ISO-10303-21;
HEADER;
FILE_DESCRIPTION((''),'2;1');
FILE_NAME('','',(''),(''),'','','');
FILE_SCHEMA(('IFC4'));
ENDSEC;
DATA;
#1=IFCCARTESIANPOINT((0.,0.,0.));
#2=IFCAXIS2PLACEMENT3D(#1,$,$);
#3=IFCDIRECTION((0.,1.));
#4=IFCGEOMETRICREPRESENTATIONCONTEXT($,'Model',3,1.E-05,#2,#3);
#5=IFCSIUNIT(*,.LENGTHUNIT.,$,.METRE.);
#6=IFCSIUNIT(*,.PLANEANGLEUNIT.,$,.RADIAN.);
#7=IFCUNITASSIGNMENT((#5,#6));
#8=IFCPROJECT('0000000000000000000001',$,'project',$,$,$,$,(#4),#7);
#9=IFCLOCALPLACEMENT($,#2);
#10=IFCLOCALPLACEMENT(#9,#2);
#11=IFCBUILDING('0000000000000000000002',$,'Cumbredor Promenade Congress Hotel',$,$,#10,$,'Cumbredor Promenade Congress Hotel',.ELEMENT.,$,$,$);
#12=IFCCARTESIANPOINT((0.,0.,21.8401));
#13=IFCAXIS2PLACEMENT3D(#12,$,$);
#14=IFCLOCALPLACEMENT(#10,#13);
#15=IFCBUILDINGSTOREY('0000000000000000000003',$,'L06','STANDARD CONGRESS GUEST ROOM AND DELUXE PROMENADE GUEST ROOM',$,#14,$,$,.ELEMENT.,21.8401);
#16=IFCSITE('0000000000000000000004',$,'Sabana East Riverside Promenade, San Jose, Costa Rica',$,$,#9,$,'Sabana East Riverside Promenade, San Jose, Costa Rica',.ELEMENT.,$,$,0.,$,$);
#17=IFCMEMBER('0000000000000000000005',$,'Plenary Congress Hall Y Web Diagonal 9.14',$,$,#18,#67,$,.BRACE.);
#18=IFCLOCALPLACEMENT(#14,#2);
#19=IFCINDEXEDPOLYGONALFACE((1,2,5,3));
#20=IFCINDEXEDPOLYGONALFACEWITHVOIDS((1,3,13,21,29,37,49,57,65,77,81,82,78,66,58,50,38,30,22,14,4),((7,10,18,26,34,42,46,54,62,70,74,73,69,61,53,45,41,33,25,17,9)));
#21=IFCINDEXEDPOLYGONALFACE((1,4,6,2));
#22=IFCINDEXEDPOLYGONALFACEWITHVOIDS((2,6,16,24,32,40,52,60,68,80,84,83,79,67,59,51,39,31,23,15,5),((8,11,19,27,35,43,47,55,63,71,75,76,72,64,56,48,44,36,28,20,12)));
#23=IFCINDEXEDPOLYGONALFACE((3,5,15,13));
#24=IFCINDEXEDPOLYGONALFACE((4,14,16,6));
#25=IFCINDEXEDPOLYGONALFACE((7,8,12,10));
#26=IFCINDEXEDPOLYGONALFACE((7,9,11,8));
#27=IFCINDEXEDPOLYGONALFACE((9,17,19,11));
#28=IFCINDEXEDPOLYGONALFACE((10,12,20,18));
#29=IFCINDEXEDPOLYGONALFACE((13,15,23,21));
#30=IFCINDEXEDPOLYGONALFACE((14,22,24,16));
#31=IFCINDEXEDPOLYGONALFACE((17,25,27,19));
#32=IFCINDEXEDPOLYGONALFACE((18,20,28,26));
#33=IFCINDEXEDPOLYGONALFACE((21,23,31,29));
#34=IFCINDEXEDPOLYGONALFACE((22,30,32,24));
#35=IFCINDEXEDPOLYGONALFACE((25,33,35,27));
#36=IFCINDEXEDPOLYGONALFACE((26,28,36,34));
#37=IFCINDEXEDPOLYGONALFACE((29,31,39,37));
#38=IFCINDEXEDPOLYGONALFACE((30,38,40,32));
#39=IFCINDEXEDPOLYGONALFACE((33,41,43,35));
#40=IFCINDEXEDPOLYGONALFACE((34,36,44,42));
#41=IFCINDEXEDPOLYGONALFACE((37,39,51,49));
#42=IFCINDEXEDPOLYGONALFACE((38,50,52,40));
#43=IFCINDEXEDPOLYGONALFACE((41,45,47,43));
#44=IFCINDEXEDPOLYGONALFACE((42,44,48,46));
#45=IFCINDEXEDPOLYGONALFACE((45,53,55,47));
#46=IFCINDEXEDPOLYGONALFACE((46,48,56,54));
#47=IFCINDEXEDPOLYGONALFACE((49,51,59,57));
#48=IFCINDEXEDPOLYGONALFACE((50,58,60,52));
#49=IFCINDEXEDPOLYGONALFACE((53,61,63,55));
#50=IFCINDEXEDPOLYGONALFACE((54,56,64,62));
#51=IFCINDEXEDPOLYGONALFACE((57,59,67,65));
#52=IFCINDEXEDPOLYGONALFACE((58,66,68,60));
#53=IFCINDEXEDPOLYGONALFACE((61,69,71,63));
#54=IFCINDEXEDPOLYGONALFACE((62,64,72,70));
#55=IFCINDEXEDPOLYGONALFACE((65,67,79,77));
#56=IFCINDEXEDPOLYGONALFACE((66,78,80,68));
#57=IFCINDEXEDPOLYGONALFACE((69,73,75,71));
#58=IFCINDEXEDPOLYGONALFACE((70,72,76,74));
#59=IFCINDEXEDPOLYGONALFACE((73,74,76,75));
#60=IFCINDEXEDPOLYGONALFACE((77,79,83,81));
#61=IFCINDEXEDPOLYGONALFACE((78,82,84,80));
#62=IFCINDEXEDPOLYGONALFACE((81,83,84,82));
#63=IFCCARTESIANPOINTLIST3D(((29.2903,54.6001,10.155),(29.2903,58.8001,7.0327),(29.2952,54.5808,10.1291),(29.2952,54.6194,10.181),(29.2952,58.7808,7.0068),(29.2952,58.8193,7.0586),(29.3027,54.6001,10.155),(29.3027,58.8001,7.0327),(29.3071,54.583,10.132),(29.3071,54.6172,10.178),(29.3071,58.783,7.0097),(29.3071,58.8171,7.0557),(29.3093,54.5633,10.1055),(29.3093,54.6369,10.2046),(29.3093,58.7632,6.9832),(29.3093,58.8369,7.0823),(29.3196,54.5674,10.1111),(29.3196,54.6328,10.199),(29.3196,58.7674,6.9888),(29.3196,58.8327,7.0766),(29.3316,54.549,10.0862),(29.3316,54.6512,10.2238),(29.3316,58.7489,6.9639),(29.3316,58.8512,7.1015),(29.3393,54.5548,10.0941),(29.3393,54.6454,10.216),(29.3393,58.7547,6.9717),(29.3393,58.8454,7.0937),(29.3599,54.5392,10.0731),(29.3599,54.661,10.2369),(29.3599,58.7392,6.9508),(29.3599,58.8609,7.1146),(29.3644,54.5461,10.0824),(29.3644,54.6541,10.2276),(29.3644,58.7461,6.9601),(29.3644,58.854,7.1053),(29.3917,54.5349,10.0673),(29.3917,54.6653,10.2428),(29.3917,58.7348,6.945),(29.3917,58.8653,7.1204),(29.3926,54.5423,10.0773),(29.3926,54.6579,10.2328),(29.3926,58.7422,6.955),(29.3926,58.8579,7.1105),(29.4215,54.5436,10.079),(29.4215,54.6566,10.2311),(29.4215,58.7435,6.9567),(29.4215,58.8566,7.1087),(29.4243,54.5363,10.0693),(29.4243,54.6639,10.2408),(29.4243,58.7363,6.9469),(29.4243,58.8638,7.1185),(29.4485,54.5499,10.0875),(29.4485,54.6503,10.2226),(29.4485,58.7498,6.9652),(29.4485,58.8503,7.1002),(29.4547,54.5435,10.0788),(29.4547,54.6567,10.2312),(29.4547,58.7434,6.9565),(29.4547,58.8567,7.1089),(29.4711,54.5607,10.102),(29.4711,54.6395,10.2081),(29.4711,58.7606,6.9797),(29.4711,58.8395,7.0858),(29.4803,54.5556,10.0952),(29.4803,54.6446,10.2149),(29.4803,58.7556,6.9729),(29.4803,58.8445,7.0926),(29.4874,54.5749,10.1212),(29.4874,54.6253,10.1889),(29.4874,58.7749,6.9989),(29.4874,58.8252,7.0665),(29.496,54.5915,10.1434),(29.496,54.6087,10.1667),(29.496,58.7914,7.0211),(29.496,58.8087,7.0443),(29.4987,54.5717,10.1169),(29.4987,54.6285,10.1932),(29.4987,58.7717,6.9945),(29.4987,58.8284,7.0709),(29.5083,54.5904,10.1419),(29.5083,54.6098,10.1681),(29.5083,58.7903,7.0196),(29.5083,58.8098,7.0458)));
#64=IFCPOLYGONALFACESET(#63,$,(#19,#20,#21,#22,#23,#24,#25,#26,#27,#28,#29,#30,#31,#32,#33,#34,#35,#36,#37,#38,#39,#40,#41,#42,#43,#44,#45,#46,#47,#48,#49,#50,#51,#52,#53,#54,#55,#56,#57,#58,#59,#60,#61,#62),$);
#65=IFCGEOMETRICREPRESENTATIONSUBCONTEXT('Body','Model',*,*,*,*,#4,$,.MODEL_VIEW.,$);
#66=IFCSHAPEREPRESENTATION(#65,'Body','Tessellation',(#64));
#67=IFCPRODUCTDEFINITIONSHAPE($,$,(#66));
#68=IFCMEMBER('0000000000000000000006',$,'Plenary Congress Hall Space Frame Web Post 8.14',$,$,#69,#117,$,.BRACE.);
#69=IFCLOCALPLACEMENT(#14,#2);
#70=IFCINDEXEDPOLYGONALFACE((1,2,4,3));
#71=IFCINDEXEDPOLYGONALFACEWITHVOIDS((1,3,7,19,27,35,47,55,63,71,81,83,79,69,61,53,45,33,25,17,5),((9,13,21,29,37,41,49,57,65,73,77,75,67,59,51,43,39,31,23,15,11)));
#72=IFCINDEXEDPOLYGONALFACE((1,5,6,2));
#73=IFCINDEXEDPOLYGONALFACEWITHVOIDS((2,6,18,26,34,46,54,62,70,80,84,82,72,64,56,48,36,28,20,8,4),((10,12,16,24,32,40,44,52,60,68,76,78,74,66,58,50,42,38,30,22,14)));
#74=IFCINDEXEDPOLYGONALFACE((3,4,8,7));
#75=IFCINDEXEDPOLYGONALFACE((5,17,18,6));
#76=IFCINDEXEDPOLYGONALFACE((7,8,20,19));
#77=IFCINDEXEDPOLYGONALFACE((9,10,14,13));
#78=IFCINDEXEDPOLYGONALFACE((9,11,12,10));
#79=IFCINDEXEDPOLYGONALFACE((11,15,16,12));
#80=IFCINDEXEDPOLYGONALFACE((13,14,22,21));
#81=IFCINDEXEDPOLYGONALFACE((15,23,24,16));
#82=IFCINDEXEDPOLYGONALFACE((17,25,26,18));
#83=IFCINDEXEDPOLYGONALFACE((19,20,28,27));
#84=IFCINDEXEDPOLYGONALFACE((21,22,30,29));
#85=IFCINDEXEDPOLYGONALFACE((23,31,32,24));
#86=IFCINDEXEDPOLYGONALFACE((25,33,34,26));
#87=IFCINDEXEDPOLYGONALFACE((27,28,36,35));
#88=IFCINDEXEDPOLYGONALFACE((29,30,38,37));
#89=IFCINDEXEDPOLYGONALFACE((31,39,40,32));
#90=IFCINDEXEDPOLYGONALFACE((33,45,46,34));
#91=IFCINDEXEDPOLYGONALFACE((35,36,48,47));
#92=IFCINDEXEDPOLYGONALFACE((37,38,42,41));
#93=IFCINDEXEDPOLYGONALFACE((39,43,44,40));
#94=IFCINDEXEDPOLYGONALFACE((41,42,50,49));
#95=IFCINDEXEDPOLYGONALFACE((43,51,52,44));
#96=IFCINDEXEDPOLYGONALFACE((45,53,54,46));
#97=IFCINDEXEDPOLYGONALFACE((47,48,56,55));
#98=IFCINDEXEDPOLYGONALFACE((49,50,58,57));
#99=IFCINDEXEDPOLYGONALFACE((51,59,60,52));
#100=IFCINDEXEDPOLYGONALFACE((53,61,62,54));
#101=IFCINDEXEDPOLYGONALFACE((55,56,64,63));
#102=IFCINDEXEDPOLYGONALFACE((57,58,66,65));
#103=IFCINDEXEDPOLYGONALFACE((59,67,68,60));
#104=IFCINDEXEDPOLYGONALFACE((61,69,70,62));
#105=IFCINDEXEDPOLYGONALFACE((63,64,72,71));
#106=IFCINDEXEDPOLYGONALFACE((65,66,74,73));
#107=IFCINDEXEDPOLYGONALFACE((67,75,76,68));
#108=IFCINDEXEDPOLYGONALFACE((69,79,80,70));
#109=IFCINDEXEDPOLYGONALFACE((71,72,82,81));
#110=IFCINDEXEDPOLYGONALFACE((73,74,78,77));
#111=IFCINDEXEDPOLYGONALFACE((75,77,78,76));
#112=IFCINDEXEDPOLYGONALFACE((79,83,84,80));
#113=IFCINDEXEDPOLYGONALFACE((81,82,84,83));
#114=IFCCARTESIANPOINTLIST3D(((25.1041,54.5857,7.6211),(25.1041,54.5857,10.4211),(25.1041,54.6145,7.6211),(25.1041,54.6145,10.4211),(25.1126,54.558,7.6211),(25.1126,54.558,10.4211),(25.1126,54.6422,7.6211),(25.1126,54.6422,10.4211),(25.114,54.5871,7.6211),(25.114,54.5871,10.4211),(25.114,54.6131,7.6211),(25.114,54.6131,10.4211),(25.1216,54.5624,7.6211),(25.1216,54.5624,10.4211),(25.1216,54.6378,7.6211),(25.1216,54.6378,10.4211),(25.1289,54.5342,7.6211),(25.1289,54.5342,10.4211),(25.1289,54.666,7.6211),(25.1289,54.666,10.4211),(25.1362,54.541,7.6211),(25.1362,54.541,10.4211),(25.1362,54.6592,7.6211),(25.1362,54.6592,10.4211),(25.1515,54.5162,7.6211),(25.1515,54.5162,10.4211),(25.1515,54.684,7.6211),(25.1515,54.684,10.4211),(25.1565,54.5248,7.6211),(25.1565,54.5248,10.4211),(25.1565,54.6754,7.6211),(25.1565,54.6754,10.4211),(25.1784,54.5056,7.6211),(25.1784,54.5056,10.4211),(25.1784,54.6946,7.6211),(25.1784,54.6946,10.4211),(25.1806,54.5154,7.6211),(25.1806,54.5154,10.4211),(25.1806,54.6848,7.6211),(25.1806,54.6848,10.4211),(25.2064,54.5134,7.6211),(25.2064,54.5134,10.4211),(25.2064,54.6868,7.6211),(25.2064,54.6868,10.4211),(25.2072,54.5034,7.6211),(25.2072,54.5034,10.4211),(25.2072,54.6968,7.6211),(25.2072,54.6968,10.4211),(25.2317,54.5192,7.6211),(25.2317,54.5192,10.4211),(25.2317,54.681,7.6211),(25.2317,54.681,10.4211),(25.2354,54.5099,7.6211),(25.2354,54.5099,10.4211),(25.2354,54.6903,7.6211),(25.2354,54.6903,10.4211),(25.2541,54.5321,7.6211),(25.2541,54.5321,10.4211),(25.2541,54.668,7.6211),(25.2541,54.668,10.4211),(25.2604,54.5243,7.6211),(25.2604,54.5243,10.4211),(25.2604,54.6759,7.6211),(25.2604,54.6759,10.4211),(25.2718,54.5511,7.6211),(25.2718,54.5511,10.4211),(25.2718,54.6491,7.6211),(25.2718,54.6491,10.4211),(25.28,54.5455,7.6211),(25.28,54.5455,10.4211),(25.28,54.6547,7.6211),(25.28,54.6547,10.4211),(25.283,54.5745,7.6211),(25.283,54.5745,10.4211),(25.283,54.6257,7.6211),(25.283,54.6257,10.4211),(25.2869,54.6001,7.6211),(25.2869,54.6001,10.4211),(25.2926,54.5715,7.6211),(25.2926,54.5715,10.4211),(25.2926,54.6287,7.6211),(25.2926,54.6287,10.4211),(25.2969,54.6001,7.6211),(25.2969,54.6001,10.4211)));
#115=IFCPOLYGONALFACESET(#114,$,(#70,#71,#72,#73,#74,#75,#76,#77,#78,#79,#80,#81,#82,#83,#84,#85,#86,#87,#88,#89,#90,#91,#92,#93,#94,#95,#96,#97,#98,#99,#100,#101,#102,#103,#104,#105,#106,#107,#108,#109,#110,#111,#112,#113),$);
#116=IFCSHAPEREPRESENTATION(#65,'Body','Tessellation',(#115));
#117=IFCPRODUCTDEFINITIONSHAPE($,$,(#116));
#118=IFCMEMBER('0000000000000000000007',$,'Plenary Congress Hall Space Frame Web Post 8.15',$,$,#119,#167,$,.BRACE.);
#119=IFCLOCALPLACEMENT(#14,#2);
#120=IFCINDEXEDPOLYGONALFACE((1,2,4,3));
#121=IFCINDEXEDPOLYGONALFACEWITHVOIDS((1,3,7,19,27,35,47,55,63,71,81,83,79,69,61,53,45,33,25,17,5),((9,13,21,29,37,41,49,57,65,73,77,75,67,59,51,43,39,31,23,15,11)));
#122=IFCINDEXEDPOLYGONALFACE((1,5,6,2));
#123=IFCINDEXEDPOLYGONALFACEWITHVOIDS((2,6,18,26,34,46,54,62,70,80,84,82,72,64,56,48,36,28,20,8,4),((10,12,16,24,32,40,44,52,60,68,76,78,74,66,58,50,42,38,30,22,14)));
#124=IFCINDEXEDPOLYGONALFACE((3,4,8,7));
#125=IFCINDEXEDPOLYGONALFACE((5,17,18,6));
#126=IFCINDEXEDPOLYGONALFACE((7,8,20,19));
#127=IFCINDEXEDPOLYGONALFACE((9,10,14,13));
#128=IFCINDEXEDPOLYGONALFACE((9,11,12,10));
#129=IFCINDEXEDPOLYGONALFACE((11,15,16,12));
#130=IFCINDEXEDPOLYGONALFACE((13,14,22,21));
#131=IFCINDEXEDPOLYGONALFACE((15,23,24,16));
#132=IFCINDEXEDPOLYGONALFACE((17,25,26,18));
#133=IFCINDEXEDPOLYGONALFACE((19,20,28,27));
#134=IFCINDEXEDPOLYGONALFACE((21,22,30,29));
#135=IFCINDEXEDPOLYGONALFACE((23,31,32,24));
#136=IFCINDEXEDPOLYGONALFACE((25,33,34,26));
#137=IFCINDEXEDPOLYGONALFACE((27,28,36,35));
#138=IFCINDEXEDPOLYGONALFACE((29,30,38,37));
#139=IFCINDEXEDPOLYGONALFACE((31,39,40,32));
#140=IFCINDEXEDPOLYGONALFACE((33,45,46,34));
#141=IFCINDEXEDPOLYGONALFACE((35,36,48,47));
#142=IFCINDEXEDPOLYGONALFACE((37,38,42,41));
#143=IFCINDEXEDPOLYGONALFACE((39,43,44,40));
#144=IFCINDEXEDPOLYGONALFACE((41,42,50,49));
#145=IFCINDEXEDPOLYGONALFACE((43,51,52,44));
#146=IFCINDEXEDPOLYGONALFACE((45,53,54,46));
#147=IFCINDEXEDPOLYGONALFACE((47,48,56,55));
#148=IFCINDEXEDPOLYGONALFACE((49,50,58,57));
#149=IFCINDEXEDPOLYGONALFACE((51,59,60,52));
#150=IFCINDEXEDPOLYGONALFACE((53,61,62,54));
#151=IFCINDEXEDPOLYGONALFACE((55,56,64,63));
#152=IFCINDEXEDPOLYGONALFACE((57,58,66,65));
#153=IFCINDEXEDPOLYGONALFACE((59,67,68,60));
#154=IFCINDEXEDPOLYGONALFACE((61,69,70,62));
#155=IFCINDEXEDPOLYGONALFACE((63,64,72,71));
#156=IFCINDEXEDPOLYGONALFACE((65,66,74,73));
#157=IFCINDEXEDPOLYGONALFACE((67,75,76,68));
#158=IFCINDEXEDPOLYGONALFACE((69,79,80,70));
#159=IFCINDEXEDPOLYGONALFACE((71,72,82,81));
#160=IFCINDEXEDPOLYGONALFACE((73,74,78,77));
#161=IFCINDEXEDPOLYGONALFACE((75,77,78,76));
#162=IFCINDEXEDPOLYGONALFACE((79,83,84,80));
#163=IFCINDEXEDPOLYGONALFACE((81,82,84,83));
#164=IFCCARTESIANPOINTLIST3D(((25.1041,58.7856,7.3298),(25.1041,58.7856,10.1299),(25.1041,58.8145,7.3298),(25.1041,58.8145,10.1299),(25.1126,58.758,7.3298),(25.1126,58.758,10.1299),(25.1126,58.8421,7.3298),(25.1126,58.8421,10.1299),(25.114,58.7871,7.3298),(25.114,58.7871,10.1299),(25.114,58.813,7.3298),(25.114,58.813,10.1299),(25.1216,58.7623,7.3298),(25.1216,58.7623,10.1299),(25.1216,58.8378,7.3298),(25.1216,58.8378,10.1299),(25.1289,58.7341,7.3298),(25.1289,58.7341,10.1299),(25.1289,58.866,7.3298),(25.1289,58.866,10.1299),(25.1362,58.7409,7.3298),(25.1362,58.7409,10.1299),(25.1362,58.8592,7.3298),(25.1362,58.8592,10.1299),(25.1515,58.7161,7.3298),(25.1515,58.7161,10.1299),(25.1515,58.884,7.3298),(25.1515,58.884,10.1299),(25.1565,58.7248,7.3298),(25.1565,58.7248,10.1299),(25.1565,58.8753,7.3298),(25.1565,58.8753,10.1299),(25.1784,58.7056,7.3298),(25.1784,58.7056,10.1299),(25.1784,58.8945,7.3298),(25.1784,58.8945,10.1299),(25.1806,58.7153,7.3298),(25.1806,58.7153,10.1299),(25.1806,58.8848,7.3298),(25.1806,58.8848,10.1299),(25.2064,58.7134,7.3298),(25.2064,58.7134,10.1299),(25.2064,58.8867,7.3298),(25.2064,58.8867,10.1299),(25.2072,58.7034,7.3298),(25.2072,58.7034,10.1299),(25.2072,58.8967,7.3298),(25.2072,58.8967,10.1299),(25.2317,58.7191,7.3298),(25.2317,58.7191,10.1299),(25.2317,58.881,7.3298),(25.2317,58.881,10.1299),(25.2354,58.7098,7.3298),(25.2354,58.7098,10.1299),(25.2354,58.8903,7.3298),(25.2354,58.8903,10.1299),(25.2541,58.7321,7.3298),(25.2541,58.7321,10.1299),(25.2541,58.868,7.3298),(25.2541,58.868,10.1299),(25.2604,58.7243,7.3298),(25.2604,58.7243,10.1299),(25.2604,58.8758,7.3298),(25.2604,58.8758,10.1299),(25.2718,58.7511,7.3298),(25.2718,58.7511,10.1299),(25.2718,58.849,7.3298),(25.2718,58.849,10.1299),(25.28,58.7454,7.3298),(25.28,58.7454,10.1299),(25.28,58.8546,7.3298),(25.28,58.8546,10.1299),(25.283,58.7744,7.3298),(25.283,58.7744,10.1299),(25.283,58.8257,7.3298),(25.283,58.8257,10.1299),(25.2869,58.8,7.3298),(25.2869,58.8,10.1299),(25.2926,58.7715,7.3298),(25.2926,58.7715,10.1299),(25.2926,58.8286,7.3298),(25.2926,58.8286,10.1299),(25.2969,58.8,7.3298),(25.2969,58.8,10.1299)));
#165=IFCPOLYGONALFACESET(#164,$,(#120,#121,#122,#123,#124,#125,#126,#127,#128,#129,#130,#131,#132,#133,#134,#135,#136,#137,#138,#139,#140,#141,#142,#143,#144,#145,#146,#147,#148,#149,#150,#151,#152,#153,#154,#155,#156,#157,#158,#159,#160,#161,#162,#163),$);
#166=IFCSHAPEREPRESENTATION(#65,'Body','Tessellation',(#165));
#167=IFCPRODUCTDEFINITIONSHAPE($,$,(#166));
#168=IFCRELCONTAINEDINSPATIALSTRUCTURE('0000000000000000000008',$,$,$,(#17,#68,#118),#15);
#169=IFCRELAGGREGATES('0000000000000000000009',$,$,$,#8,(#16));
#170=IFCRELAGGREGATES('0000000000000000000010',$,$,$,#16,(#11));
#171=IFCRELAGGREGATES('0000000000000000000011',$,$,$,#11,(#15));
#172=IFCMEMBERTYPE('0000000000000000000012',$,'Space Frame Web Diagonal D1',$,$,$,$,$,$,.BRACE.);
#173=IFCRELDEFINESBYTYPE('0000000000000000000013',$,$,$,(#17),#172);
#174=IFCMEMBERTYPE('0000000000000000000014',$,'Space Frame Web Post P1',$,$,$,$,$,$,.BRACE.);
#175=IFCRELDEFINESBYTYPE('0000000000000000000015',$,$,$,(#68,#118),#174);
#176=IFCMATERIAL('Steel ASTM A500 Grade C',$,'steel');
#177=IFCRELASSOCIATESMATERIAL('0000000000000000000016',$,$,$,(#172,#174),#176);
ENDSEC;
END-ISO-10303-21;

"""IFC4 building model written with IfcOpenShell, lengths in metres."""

from ifc_helpers import new_model, si_unit, direction, frame, origin, origin_2d, place, context, subcontext, project, spatial, hollow_circle, extrude, material, material_profile, profile_set, type_object, element, save


model = new_model("IFC4")

# Units and contexts
model_context = context("Model", 3, precision=1e-05, world=origin(), true_north=direction((0.0, 1.0)))
body_context = subcontext(model_context, "Body", "Model", "MODEL_VIEW")
ifc_project = project(units=[si_unit("LENGTHUNIT", "METRE"), si_unit("PLANEANGLEUNIT", "RADIAN")], contexts=[model_context])

# Site, building, storey
site_placement = place(None, origin())
site = spatial("IfcSite", under=ifc_project, at=site_placement, Name="Sabana East Riverside Promenade, San Jose, Costa Rica", LongName="Sabana East Riverside Promenade, San Jose, Costa Rica", CompositionType="ELEMENT", RefElevation=0.0)
building_placement = place(site_placement, origin())
building = spatial("IfcBuilding", under=site, at=building_placement, Name="Cumbredor Promenade Congress Hotel", LongName="Cumbredor Promenade Congress Hotel", CompositionType="ELEMENT")
storey_placement = place(building_placement, frame((0.0, 0.0, 21.8401)))
storey = spatial("IfcBuildingStorey", under=building, at=storey_placement, Name="L06", Description="STANDARD CONGRESS GUEST ROOM AND DELUXE PROMENADE GUEST ROOM", CompositionType="ELEMENT", Elevation=21.8401)

# Members
ifc_material_1 = material(Name="Steel ASTM A500 Grade C", Category="steel")
ifc_material_profile_1 = material_profile(ifc_material_1, hollow_circle(Radius=0.1096, WallThickness=0.0125, at=origin_2d()), Name="CHS 219.1x12.5")
ifc_profile_set_1 = profile_set([ifc_material_profile_1], Name="Steel ASTM A500 Grade C")
member_type_1 = type_object("IfcMemberType", Name="Space Frame Web Diagonal D1", PredefinedType="BRACE", material=ifc_profile_set_1)
member_1_placement = place(storey_placement, frame((29.3999, 54.6001, 10.155), z_axis=(0.0, 0.802529, -0.596613), x_axis=(-1.0, 0.0, 0.0)))
element("IfcMember", 1, at=member_1_placement, inside=storey, type_object=member_type_1, Name="Plenary Congress Hall Y Web Diagonal 9.14", PredefinedType="BRACE", context=body_context, shape_type="SweptSolid", body=[
    extrude(hollow_circle(Radius=0.1096, WallThickness=0.0125, at=origin_2d()), origin(), (0.0, 0.0, 1.0), 5.2334),
])
ifc_material_profile_2 = material_profile(ifc_material_1, hollow_circle(Radius=0.0969, WallThickness=0.01, at=origin_2d()), Name="CHS 193.7x10")
ifc_profile_set_2 = profile_set([ifc_material_profile_2], Name="Steel ASTM A500 Grade C")
member_type_2 = type_object("IfcMemberType", Name="Space Frame Web Post P1", PredefinedType="BRACE", material=ifc_profile_set_2)
for number, where, z_axis, x_axis, name in (
    (2, (25.2, 54.6001, 7.6211), (0.0, 0.0, 1.0), (1.0, 0.0, 0.0), "Plenary Congress Hall Space Frame Web Post 8.14"),
    (3, (25.2, 58.8, 7.3298), (0.0, 0.0, 1.0), (1.0, 0.0, 0.0), "Plenary Congress Hall Space Frame Web Post 8.15"),
):
    element("IfcMember", number, at=place(storey_placement, frame(where, z_axis=z_axis, x_axis=x_axis)), inside=storey, type_object=member_type_2, Name=name, PredefinedType="BRACE", context=body_context, shape_type="SweptSolid", body=[
        extrude(hollow_circle(Radius=0.0969, WallThickness=0.01, at=origin_2d()), origin(), (0.0, 0.0, 1.0), 2.8),
    ])

save(model, "model.ifc")
